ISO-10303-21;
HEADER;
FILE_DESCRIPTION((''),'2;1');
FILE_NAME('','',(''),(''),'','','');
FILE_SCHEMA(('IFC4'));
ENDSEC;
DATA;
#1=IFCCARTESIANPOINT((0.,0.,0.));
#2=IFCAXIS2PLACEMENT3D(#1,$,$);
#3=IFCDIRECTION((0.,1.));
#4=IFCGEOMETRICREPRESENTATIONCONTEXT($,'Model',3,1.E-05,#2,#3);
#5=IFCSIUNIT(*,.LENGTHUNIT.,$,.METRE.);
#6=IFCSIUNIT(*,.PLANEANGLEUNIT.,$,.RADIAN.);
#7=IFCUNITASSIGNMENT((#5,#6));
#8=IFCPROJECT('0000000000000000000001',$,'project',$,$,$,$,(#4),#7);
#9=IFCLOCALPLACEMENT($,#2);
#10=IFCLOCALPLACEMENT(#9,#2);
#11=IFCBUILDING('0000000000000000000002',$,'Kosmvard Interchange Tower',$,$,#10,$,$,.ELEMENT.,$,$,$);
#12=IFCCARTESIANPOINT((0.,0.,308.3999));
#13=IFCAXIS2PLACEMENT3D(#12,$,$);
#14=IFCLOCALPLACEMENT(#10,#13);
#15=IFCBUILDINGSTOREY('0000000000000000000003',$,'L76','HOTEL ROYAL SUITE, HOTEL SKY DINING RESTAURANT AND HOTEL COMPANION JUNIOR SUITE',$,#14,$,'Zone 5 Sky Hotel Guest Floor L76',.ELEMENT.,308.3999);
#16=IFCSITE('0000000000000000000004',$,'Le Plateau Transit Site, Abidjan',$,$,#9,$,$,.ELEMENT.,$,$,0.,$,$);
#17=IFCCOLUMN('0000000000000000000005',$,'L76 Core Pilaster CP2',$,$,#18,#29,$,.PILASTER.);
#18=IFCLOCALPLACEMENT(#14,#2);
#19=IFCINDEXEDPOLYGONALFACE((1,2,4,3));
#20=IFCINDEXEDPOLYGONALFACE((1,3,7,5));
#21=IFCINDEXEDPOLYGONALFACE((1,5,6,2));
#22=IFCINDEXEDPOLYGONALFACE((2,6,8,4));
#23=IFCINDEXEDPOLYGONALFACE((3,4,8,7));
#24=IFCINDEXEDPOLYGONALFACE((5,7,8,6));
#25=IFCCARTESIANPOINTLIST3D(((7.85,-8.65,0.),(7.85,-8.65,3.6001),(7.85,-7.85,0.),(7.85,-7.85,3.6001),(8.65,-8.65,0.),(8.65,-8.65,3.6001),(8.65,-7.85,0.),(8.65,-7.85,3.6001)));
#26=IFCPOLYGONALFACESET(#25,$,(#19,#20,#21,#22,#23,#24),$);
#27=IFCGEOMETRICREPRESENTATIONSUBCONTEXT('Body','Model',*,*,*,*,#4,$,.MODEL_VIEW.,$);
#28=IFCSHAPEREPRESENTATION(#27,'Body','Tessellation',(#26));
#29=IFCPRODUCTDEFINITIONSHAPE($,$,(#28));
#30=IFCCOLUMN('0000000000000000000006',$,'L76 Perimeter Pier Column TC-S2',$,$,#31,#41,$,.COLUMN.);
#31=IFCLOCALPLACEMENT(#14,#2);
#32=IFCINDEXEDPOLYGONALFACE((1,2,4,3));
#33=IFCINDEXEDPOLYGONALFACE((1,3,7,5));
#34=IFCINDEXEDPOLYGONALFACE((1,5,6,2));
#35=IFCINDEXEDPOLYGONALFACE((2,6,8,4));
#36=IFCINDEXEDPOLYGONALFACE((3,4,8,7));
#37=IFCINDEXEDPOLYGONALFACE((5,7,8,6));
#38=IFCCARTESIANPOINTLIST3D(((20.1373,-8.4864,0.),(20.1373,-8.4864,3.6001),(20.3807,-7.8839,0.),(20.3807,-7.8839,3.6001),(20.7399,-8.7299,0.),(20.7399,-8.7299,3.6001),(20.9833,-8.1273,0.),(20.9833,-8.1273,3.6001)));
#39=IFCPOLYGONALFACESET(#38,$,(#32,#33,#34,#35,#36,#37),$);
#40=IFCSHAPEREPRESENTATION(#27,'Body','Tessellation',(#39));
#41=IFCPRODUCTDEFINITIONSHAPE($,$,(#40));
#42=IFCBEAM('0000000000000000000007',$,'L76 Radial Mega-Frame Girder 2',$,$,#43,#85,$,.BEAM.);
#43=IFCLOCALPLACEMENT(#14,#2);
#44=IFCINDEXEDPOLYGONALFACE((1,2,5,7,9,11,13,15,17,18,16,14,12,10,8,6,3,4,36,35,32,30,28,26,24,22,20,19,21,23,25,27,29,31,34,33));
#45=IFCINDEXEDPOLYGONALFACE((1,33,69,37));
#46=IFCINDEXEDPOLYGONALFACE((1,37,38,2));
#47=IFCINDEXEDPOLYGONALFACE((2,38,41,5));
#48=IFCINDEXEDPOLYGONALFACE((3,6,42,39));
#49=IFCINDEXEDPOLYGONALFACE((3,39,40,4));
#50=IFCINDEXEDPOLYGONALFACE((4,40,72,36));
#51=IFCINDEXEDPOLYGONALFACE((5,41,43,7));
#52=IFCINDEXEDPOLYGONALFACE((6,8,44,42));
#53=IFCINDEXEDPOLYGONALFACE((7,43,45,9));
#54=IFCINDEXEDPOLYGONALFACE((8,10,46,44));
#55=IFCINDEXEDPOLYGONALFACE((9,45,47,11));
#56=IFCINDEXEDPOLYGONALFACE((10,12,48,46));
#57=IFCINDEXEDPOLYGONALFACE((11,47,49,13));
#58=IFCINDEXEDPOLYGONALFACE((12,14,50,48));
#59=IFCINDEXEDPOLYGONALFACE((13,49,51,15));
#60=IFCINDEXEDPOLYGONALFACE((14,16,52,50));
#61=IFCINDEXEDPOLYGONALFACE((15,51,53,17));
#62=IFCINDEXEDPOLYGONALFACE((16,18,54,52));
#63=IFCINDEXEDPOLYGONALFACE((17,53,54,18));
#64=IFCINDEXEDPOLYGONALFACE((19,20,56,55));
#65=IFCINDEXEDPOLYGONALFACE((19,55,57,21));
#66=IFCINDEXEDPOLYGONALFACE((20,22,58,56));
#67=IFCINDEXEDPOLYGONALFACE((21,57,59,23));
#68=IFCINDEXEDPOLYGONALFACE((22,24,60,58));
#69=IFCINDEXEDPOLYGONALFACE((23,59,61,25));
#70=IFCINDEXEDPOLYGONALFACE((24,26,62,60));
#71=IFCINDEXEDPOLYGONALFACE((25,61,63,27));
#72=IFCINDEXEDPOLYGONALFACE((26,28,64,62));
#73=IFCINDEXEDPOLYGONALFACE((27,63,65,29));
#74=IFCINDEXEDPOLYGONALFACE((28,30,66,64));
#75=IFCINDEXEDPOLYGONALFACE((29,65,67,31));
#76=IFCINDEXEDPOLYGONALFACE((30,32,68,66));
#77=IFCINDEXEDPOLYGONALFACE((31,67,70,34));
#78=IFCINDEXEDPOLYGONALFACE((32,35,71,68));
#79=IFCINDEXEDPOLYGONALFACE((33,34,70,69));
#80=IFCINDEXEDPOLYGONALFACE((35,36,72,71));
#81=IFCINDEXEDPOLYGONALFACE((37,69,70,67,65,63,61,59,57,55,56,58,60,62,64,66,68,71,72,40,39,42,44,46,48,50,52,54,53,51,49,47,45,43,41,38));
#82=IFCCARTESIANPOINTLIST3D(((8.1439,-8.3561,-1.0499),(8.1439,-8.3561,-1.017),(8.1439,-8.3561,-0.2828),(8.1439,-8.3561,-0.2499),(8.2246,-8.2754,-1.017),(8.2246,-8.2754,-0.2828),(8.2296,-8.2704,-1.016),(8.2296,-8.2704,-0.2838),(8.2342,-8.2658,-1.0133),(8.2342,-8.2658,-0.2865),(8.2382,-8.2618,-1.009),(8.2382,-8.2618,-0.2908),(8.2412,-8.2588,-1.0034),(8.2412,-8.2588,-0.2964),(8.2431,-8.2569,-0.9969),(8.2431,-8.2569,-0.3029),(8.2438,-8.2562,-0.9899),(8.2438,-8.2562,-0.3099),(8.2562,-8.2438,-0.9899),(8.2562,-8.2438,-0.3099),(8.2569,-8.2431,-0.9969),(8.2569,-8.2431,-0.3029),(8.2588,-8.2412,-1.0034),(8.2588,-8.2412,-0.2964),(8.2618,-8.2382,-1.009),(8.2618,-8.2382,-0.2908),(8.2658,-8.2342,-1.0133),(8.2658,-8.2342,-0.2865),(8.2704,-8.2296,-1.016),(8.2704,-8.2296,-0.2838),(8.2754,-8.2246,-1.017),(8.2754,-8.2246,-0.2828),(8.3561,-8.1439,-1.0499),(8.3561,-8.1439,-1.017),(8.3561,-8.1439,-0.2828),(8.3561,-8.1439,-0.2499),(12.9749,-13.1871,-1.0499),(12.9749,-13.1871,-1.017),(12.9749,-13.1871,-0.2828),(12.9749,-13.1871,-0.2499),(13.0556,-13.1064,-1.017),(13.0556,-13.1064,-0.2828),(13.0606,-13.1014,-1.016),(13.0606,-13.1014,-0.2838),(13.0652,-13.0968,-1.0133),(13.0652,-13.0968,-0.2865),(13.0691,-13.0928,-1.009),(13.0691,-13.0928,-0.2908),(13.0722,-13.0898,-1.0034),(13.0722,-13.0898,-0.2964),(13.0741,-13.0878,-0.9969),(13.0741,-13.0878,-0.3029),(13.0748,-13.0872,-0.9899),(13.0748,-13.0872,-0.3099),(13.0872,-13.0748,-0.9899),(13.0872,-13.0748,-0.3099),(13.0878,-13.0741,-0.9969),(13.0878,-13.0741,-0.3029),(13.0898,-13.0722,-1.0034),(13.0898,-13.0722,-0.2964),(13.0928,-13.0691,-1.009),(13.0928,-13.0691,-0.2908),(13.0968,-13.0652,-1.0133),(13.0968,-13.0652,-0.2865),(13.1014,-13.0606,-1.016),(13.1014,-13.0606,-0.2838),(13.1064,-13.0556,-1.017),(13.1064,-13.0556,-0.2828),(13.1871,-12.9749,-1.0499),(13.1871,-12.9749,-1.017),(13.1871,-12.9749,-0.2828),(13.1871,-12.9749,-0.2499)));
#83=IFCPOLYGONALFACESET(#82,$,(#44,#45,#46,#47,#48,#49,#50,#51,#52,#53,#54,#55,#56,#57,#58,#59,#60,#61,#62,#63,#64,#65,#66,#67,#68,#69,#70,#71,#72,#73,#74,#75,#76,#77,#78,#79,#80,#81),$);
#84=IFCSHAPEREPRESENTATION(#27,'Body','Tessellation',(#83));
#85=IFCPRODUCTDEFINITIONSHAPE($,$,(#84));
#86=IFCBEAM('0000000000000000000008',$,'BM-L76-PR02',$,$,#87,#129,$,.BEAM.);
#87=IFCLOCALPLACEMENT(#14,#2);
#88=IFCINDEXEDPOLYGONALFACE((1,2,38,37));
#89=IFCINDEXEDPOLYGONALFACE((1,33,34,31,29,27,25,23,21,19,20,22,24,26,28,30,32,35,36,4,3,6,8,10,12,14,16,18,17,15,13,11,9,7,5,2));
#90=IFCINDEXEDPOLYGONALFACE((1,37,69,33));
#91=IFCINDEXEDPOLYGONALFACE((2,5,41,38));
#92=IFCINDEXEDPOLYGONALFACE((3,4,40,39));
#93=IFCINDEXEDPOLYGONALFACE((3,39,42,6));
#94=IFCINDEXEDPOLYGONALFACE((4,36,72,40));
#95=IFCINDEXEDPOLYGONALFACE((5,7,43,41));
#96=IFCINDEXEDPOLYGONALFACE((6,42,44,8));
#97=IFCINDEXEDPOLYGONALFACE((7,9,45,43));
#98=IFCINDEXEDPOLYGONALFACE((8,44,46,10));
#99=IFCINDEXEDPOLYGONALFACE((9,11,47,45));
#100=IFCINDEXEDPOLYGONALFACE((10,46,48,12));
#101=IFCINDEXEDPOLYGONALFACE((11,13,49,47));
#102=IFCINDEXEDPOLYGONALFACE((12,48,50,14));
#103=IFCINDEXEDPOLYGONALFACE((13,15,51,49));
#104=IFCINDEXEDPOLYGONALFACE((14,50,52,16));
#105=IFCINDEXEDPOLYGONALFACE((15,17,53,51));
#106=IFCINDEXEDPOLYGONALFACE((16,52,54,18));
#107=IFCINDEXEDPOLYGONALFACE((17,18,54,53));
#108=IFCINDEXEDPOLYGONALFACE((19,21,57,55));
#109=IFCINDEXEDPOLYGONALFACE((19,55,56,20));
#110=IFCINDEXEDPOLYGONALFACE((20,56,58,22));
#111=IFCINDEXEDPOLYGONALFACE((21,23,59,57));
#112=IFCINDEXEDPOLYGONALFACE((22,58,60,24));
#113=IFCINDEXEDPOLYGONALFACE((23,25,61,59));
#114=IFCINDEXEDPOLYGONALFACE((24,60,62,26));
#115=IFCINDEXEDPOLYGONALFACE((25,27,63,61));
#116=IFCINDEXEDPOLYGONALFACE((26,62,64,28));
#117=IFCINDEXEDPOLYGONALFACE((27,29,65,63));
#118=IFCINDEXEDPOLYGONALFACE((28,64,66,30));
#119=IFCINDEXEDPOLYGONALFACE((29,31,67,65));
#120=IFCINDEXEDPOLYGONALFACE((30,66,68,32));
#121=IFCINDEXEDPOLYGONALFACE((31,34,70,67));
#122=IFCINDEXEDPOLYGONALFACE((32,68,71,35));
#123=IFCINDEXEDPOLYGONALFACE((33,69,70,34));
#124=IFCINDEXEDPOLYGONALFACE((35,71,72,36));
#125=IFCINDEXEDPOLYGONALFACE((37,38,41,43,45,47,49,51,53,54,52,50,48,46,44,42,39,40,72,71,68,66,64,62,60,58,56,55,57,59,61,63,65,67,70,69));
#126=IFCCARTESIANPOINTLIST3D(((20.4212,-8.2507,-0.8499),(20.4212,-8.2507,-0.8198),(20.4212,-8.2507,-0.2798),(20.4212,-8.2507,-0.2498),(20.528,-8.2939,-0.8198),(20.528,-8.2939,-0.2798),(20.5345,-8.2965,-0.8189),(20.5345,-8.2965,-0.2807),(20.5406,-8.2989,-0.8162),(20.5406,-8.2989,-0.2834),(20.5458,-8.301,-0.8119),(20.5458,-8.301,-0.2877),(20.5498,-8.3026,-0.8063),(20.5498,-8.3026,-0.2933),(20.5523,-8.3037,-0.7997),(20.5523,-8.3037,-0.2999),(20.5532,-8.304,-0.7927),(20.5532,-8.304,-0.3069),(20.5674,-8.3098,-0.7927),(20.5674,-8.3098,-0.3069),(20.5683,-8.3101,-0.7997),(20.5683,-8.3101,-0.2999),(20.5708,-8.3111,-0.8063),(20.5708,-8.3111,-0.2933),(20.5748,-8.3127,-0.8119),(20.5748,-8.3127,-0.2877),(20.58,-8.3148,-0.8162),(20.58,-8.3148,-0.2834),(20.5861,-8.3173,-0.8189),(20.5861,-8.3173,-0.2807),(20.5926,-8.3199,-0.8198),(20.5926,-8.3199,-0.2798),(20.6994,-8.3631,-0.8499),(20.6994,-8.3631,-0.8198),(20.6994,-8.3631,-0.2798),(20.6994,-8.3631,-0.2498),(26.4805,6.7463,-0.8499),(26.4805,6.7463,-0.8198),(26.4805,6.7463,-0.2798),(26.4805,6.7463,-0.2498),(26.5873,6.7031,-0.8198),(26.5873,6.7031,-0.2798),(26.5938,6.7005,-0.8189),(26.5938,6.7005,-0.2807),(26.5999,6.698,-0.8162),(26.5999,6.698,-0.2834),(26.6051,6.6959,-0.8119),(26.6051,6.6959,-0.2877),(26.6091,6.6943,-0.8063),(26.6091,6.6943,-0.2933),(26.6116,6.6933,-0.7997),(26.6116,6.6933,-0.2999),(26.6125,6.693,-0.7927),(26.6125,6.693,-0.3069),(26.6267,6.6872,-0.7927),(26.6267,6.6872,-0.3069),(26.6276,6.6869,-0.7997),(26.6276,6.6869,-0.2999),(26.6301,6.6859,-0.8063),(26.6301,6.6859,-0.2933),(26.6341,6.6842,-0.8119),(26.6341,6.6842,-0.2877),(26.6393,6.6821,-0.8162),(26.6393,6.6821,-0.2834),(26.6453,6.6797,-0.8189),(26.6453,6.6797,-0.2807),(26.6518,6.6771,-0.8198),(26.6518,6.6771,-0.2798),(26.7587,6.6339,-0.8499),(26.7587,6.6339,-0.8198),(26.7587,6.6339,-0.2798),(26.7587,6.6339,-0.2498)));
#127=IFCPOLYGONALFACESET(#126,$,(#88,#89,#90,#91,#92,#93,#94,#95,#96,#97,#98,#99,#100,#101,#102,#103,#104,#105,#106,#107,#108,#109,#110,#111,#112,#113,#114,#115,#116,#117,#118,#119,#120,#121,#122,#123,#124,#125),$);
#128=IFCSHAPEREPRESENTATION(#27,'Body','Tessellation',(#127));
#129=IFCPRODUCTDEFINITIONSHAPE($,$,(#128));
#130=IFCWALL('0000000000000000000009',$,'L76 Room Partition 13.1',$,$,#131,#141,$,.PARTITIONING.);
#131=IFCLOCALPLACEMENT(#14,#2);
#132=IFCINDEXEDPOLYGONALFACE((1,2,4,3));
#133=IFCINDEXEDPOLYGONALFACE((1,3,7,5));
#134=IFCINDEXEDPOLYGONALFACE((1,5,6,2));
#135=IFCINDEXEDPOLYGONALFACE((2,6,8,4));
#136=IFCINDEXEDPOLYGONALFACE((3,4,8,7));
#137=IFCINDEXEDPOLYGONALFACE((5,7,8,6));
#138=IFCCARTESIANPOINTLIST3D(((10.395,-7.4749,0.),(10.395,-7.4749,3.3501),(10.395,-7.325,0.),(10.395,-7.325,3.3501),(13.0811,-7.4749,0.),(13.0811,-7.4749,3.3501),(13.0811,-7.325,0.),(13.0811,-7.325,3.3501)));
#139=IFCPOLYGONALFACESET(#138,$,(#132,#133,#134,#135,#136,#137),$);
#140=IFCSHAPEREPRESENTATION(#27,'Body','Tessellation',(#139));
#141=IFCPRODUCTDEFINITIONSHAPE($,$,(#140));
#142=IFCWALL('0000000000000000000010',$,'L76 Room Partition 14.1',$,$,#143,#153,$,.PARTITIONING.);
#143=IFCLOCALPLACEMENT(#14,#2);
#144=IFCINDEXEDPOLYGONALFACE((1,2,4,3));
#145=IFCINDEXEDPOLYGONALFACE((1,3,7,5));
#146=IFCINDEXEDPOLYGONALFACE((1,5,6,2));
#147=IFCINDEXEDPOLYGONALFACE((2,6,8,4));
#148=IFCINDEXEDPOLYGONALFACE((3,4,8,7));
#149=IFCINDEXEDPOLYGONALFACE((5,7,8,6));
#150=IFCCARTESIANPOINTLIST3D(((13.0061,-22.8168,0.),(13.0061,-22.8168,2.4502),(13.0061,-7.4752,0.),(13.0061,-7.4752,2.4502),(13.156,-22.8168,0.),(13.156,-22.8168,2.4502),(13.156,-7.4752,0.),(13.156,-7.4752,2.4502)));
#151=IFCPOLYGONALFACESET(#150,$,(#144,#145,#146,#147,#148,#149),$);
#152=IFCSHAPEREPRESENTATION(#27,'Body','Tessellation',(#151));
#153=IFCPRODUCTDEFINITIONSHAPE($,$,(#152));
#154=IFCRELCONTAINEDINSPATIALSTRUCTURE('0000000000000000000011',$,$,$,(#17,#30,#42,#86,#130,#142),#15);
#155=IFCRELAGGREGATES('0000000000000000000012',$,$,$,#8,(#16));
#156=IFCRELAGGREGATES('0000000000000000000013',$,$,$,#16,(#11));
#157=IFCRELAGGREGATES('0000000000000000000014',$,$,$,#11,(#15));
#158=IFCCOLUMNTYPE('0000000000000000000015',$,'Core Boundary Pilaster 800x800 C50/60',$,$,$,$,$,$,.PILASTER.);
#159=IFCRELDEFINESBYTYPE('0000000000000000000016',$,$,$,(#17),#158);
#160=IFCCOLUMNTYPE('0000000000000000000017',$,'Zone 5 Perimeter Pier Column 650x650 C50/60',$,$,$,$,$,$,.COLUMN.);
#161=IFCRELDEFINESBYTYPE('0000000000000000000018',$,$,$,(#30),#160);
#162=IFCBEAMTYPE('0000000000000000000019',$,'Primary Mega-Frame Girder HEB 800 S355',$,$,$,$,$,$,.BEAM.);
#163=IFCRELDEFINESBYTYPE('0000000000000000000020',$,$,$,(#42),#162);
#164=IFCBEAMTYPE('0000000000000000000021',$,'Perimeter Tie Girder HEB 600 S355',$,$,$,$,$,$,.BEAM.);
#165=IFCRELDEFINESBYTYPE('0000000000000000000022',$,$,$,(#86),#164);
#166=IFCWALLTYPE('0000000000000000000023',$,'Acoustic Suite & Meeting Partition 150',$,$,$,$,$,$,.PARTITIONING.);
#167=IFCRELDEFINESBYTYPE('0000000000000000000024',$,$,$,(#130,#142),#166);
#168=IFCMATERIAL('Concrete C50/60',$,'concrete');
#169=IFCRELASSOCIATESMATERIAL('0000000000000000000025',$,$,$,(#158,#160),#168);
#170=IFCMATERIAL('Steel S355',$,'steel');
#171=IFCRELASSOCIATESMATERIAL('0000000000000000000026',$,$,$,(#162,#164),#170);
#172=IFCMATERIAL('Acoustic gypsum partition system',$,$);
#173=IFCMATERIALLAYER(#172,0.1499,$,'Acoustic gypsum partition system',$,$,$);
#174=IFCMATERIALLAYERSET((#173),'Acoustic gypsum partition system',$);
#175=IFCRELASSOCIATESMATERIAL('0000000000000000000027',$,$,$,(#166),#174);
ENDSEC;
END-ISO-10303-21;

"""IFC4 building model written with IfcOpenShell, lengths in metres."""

from ifc_helpers import new_model, si_unit, direction, frame, frame_2d, origin, origin_2d, place, context, subcontext, project, spatial, rectangle, i_section, extrude, source, transform, mapped, material, layer, layer_set, material_profile, profile_set, type_object, element, save


model = new_model("IFC4")

# Units and contexts
model_context = context("Model", 3, precision=1e-05, world=origin(), true_north=direction((0.0, 1.0)))
body_context = subcontext(model_context, "Body", "Model", "MODEL_VIEW")
ifc_project = project(units=[si_unit("LENGTHUNIT", "METRE"), si_unit("PLANEANGLEUNIT", "RADIAN")], contexts=[model_context])

# Site, building, storey
site_placement = place(None, origin())
site = spatial("IfcSite", under=ifc_project, at=site_placement, Name="Le Plateau Transit Site, Abidjan", CompositionType="ELEMENT", RefElevation=0.0)
building_placement = place(site_placement, origin())
building = spatial("IfcBuilding", under=site, at=building_placement, Name="Kosmvard Interchange Tower", CompositionType="ELEMENT")
storey_placement = place(building_placement, frame((0.0, 0.0, 308.3999)))
storey = spatial("IfcBuildingStorey", under=building, at=storey_placement, Name="L76", Description="HOTEL ROYAL SUITE, HOTEL SKY DINING RESTAURANT AND HOTEL COMPANION JUNIOR SUITE", LongName="Zone 5 Sky Hotel Guest Floor L76", CompositionType="ELEMENT", Elevation=308.3999)

# Columns
ifc_material_1 = material(Name="Concrete C50/60", Category="concrete")
ifc_material_profile_1 = material_profile(ifc_material_1, rectangle(XDim=0.8, YDim=0.8, at=origin_2d()), Name="CP 800x800")
ifc_profile_set_1 = profile_set([ifc_material_profile_1], Name="Concrete C50/60")
column_type_1 = type_object("IfcColumnType", Name="Core Boundary Pilaster 800x800 C50/60", PredefinedType="PILASTER", material=ifc_profile_set_1)
shared_shape_1 = source(origin(), body_context, "Body", "SweptSolid", [
    extrude(rectangle(XDim=0.8, YDim=0.8, at=origin_2d()), origin(), (0.0, 0.0, 1.0), 3.6001),
])
column_1_placement = place(storey_placement, frame((8.25, -8.25, 0.0), z_axis=(0.0, 0.0, 1.0), x_axis=(1.0, 0.0, 0.0)))
element("IfcColumn", 1, at=column_1_placement, inside=storey, type_object=column_type_1, Name="L76 Core Pilaster CP2", PredefinedType="PILASTER", context=body_context, shape_type="MappedRepresentation", body=[
    mapped(shared_shape_1, transform((0.0, 0.0, 0.0), scale=1.0)),
])
ifc_material_profile_2 = material_profile(ifc_material_1, rectangle(XDim=0.6499, YDim=0.6499, at=origin_2d()), Name="TC 650x650")
ifc_profile_set_2 = profile_set([ifc_material_profile_2], Name="Concrete C50/60")
column_type_2 = type_object("IfcColumnType", Name="Zone 5 Perimeter Pier Column 650x650 C50/60", PredefinedType="COLUMN", material=ifc_profile_set_2)
shared_shape_2 = source(origin(), body_context, "Body", "SweptSolid", [
    extrude(rectangle(XDim=0.6499, YDim=0.6499, at=origin_2d()), origin(), (0.0, 0.0, 1.0), 3.6001),
])
column_2_placement = place(storey_placement, frame((20.5603, -8.3069, 0.0), z_axis=(0.0, 0.0, 1.0), x_axis=(0.374607, 0.927184, 0.0)))
element("IfcColumn", 2, at=column_2_placement, inside=storey, type_object=column_type_2, Name="L76 Perimeter Pier Column TC-S2", PredefinedType="COLUMN", context=body_context, shape_type="MappedRepresentation", body=[
    mapped(shared_shape_2, transform((0.0, 0.0, 0.0), scale=1.0)),
])

# Beams
ifc_material_2 = material(Name="Steel S355", Category="steel")
ifc_material_profile_3 = material_profile(ifc_material_2, i_section(OverallWidth=0.3, OverallDepth=0.8, WebThickness=0.0176, FlangeThickness=0.033, FilletRadius=0.0271, at=origin_2d()), Name="HEB 800")
ifc_profile_set_3 = profile_set([ifc_material_profile_3], Name="Steel S355")
beam_type_1 = type_object("IfcBeamType", Name="Primary Mega-Frame Girder HEB 800 S355", PredefinedType="BEAM", material=ifc_profile_set_3)
shared_shape_3 = source(origin(), body_context, "Body", "SweptSolid", [
    extrude(i_section(OverallWidth=0.3, OverallDepth=0.8, WebThickness=0.0176, FlangeThickness=0.033, FilletRadius=0.0271, at=origin_2d()), origin(), (0.0, 0.0, 1.0), 6.832),
])
beam_1_placement = place(storey_placement, frame((8.25, -8.25, -0.6499), z_axis=(0.707107, -0.707107, 0.0), x_axis=(0.707107, 0.707107, 0.0)))
element("IfcBeam", 3, at=beam_1_placement, inside=storey, type_object=beam_type_1, Name="L76 Radial Mega-Frame Girder 2", PredefinedType="BEAM", context=body_context, shape_type="MappedRepresentation", body=[
    mapped(shared_shape_3, transform((0.0, 0.0, 0.0), scale=1.0)),
])
ifc_material_profile_4 = material_profile(ifc_material_2, i_section(OverallWidth=0.3, OverallDepth=0.6001, WebThickness=0.0154, FlangeThickness=0.03, FilletRadius=0.0271, at=origin_2d()), Name="HEB 600")
ifc_profile_set_4 = profile_set([ifc_material_profile_4], Name="Steel S355")
beam_type_2 = type_object("IfcBeamType", Name="Perimeter Tie Girder HEB 600 S355", PredefinedType="BEAM", material=ifc_profile_set_4)
shared_shape_4 = source(origin(), body_context, "Body", "SweptSolid", [
    extrude(i_section(OverallWidth=0.3, OverallDepth=0.6001, WebThickness=0.0154, FlangeThickness=0.03, FilletRadius=0.0271, at=origin_2d()), origin(), (0.0, 0.0, 1.0), 16.1748),
])
beam_2_placement = place(storey_placement, frame((20.5603, -8.3069, -0.5498), z_axis=(0.374613, 0.927181, 0.0), x_axis=(-0.927181, 0.374613, 0.0)))
element("IfcBeam", 4, at=beam_2_placement, inside=storey, type_object=beam_type_2, Name="BM-L76-PR02", PredefinedType="BEAM", context=body_context, shape_type="MappedRepresentation", body=[
    mapped(shared_shape_4, transform((0.0, 0.0, 0.0), scale=1.0)),
])

# Walls
ifc_material_3 = material(Name="Acoustic gypsum partition system")
ifc_layer_1 = layer(ifc_material_3, 0.1499, Name="Acoustic gypsum partition system")
ifc_layer_set_1 = layer_set([ifc_layer_1], Name="Acoustic gypsum partition system")
wall_type_1 = type_object("IfcWallType", Name="Acoustic Suite & Meeting Partition 150", PredefinedType="PARTITIONING", material=ifc_layer_set_1)
wall_1_placement = place(storey_placement, frame((10.395, -7.3999, 0.0), z_axis=(0.0, 0.0, 1.0), x_axis=(1.0, 0.0, 0.0)))
element("IfcWall", 5, at=wall_1_placement, inside=storey, type_object=wall_type_1, Name="L76 Room Partition 13.1", PredefinedType="PARTITIONING", context=body_context, shape_type="SweptSolid", body=[
    extrude(rectangle(XDim=2.686, YDim=0.1499, at=frame_2d((1.343, 0.0))), origin(), (0.0, 0.0, 1.0), 3.3501),
])
wall_2_placement = place(storey_placement, frame((13.0811, -7.4751, 0.0), z_axis=(0.0, 0.0, 1.0), x_axis=(0.0, -1.0, 0.0)))
element("IfcWall", 6, at=wall_2_placement, inside=storey, type_object=wall_type_1, Name="L76 Room Partition 14.1", PredefinedType="PARTITIONING", context=body_context, shape_type="SweptSolid", body=[
    extrude(rectangle(XDim=15.3416, YDim=0.1499, at=frame_2d((7.6709, 0.0))), origin(), (0.0, 0.0, 1.0), 2.4502),
])

save(model, "model.ifc")
